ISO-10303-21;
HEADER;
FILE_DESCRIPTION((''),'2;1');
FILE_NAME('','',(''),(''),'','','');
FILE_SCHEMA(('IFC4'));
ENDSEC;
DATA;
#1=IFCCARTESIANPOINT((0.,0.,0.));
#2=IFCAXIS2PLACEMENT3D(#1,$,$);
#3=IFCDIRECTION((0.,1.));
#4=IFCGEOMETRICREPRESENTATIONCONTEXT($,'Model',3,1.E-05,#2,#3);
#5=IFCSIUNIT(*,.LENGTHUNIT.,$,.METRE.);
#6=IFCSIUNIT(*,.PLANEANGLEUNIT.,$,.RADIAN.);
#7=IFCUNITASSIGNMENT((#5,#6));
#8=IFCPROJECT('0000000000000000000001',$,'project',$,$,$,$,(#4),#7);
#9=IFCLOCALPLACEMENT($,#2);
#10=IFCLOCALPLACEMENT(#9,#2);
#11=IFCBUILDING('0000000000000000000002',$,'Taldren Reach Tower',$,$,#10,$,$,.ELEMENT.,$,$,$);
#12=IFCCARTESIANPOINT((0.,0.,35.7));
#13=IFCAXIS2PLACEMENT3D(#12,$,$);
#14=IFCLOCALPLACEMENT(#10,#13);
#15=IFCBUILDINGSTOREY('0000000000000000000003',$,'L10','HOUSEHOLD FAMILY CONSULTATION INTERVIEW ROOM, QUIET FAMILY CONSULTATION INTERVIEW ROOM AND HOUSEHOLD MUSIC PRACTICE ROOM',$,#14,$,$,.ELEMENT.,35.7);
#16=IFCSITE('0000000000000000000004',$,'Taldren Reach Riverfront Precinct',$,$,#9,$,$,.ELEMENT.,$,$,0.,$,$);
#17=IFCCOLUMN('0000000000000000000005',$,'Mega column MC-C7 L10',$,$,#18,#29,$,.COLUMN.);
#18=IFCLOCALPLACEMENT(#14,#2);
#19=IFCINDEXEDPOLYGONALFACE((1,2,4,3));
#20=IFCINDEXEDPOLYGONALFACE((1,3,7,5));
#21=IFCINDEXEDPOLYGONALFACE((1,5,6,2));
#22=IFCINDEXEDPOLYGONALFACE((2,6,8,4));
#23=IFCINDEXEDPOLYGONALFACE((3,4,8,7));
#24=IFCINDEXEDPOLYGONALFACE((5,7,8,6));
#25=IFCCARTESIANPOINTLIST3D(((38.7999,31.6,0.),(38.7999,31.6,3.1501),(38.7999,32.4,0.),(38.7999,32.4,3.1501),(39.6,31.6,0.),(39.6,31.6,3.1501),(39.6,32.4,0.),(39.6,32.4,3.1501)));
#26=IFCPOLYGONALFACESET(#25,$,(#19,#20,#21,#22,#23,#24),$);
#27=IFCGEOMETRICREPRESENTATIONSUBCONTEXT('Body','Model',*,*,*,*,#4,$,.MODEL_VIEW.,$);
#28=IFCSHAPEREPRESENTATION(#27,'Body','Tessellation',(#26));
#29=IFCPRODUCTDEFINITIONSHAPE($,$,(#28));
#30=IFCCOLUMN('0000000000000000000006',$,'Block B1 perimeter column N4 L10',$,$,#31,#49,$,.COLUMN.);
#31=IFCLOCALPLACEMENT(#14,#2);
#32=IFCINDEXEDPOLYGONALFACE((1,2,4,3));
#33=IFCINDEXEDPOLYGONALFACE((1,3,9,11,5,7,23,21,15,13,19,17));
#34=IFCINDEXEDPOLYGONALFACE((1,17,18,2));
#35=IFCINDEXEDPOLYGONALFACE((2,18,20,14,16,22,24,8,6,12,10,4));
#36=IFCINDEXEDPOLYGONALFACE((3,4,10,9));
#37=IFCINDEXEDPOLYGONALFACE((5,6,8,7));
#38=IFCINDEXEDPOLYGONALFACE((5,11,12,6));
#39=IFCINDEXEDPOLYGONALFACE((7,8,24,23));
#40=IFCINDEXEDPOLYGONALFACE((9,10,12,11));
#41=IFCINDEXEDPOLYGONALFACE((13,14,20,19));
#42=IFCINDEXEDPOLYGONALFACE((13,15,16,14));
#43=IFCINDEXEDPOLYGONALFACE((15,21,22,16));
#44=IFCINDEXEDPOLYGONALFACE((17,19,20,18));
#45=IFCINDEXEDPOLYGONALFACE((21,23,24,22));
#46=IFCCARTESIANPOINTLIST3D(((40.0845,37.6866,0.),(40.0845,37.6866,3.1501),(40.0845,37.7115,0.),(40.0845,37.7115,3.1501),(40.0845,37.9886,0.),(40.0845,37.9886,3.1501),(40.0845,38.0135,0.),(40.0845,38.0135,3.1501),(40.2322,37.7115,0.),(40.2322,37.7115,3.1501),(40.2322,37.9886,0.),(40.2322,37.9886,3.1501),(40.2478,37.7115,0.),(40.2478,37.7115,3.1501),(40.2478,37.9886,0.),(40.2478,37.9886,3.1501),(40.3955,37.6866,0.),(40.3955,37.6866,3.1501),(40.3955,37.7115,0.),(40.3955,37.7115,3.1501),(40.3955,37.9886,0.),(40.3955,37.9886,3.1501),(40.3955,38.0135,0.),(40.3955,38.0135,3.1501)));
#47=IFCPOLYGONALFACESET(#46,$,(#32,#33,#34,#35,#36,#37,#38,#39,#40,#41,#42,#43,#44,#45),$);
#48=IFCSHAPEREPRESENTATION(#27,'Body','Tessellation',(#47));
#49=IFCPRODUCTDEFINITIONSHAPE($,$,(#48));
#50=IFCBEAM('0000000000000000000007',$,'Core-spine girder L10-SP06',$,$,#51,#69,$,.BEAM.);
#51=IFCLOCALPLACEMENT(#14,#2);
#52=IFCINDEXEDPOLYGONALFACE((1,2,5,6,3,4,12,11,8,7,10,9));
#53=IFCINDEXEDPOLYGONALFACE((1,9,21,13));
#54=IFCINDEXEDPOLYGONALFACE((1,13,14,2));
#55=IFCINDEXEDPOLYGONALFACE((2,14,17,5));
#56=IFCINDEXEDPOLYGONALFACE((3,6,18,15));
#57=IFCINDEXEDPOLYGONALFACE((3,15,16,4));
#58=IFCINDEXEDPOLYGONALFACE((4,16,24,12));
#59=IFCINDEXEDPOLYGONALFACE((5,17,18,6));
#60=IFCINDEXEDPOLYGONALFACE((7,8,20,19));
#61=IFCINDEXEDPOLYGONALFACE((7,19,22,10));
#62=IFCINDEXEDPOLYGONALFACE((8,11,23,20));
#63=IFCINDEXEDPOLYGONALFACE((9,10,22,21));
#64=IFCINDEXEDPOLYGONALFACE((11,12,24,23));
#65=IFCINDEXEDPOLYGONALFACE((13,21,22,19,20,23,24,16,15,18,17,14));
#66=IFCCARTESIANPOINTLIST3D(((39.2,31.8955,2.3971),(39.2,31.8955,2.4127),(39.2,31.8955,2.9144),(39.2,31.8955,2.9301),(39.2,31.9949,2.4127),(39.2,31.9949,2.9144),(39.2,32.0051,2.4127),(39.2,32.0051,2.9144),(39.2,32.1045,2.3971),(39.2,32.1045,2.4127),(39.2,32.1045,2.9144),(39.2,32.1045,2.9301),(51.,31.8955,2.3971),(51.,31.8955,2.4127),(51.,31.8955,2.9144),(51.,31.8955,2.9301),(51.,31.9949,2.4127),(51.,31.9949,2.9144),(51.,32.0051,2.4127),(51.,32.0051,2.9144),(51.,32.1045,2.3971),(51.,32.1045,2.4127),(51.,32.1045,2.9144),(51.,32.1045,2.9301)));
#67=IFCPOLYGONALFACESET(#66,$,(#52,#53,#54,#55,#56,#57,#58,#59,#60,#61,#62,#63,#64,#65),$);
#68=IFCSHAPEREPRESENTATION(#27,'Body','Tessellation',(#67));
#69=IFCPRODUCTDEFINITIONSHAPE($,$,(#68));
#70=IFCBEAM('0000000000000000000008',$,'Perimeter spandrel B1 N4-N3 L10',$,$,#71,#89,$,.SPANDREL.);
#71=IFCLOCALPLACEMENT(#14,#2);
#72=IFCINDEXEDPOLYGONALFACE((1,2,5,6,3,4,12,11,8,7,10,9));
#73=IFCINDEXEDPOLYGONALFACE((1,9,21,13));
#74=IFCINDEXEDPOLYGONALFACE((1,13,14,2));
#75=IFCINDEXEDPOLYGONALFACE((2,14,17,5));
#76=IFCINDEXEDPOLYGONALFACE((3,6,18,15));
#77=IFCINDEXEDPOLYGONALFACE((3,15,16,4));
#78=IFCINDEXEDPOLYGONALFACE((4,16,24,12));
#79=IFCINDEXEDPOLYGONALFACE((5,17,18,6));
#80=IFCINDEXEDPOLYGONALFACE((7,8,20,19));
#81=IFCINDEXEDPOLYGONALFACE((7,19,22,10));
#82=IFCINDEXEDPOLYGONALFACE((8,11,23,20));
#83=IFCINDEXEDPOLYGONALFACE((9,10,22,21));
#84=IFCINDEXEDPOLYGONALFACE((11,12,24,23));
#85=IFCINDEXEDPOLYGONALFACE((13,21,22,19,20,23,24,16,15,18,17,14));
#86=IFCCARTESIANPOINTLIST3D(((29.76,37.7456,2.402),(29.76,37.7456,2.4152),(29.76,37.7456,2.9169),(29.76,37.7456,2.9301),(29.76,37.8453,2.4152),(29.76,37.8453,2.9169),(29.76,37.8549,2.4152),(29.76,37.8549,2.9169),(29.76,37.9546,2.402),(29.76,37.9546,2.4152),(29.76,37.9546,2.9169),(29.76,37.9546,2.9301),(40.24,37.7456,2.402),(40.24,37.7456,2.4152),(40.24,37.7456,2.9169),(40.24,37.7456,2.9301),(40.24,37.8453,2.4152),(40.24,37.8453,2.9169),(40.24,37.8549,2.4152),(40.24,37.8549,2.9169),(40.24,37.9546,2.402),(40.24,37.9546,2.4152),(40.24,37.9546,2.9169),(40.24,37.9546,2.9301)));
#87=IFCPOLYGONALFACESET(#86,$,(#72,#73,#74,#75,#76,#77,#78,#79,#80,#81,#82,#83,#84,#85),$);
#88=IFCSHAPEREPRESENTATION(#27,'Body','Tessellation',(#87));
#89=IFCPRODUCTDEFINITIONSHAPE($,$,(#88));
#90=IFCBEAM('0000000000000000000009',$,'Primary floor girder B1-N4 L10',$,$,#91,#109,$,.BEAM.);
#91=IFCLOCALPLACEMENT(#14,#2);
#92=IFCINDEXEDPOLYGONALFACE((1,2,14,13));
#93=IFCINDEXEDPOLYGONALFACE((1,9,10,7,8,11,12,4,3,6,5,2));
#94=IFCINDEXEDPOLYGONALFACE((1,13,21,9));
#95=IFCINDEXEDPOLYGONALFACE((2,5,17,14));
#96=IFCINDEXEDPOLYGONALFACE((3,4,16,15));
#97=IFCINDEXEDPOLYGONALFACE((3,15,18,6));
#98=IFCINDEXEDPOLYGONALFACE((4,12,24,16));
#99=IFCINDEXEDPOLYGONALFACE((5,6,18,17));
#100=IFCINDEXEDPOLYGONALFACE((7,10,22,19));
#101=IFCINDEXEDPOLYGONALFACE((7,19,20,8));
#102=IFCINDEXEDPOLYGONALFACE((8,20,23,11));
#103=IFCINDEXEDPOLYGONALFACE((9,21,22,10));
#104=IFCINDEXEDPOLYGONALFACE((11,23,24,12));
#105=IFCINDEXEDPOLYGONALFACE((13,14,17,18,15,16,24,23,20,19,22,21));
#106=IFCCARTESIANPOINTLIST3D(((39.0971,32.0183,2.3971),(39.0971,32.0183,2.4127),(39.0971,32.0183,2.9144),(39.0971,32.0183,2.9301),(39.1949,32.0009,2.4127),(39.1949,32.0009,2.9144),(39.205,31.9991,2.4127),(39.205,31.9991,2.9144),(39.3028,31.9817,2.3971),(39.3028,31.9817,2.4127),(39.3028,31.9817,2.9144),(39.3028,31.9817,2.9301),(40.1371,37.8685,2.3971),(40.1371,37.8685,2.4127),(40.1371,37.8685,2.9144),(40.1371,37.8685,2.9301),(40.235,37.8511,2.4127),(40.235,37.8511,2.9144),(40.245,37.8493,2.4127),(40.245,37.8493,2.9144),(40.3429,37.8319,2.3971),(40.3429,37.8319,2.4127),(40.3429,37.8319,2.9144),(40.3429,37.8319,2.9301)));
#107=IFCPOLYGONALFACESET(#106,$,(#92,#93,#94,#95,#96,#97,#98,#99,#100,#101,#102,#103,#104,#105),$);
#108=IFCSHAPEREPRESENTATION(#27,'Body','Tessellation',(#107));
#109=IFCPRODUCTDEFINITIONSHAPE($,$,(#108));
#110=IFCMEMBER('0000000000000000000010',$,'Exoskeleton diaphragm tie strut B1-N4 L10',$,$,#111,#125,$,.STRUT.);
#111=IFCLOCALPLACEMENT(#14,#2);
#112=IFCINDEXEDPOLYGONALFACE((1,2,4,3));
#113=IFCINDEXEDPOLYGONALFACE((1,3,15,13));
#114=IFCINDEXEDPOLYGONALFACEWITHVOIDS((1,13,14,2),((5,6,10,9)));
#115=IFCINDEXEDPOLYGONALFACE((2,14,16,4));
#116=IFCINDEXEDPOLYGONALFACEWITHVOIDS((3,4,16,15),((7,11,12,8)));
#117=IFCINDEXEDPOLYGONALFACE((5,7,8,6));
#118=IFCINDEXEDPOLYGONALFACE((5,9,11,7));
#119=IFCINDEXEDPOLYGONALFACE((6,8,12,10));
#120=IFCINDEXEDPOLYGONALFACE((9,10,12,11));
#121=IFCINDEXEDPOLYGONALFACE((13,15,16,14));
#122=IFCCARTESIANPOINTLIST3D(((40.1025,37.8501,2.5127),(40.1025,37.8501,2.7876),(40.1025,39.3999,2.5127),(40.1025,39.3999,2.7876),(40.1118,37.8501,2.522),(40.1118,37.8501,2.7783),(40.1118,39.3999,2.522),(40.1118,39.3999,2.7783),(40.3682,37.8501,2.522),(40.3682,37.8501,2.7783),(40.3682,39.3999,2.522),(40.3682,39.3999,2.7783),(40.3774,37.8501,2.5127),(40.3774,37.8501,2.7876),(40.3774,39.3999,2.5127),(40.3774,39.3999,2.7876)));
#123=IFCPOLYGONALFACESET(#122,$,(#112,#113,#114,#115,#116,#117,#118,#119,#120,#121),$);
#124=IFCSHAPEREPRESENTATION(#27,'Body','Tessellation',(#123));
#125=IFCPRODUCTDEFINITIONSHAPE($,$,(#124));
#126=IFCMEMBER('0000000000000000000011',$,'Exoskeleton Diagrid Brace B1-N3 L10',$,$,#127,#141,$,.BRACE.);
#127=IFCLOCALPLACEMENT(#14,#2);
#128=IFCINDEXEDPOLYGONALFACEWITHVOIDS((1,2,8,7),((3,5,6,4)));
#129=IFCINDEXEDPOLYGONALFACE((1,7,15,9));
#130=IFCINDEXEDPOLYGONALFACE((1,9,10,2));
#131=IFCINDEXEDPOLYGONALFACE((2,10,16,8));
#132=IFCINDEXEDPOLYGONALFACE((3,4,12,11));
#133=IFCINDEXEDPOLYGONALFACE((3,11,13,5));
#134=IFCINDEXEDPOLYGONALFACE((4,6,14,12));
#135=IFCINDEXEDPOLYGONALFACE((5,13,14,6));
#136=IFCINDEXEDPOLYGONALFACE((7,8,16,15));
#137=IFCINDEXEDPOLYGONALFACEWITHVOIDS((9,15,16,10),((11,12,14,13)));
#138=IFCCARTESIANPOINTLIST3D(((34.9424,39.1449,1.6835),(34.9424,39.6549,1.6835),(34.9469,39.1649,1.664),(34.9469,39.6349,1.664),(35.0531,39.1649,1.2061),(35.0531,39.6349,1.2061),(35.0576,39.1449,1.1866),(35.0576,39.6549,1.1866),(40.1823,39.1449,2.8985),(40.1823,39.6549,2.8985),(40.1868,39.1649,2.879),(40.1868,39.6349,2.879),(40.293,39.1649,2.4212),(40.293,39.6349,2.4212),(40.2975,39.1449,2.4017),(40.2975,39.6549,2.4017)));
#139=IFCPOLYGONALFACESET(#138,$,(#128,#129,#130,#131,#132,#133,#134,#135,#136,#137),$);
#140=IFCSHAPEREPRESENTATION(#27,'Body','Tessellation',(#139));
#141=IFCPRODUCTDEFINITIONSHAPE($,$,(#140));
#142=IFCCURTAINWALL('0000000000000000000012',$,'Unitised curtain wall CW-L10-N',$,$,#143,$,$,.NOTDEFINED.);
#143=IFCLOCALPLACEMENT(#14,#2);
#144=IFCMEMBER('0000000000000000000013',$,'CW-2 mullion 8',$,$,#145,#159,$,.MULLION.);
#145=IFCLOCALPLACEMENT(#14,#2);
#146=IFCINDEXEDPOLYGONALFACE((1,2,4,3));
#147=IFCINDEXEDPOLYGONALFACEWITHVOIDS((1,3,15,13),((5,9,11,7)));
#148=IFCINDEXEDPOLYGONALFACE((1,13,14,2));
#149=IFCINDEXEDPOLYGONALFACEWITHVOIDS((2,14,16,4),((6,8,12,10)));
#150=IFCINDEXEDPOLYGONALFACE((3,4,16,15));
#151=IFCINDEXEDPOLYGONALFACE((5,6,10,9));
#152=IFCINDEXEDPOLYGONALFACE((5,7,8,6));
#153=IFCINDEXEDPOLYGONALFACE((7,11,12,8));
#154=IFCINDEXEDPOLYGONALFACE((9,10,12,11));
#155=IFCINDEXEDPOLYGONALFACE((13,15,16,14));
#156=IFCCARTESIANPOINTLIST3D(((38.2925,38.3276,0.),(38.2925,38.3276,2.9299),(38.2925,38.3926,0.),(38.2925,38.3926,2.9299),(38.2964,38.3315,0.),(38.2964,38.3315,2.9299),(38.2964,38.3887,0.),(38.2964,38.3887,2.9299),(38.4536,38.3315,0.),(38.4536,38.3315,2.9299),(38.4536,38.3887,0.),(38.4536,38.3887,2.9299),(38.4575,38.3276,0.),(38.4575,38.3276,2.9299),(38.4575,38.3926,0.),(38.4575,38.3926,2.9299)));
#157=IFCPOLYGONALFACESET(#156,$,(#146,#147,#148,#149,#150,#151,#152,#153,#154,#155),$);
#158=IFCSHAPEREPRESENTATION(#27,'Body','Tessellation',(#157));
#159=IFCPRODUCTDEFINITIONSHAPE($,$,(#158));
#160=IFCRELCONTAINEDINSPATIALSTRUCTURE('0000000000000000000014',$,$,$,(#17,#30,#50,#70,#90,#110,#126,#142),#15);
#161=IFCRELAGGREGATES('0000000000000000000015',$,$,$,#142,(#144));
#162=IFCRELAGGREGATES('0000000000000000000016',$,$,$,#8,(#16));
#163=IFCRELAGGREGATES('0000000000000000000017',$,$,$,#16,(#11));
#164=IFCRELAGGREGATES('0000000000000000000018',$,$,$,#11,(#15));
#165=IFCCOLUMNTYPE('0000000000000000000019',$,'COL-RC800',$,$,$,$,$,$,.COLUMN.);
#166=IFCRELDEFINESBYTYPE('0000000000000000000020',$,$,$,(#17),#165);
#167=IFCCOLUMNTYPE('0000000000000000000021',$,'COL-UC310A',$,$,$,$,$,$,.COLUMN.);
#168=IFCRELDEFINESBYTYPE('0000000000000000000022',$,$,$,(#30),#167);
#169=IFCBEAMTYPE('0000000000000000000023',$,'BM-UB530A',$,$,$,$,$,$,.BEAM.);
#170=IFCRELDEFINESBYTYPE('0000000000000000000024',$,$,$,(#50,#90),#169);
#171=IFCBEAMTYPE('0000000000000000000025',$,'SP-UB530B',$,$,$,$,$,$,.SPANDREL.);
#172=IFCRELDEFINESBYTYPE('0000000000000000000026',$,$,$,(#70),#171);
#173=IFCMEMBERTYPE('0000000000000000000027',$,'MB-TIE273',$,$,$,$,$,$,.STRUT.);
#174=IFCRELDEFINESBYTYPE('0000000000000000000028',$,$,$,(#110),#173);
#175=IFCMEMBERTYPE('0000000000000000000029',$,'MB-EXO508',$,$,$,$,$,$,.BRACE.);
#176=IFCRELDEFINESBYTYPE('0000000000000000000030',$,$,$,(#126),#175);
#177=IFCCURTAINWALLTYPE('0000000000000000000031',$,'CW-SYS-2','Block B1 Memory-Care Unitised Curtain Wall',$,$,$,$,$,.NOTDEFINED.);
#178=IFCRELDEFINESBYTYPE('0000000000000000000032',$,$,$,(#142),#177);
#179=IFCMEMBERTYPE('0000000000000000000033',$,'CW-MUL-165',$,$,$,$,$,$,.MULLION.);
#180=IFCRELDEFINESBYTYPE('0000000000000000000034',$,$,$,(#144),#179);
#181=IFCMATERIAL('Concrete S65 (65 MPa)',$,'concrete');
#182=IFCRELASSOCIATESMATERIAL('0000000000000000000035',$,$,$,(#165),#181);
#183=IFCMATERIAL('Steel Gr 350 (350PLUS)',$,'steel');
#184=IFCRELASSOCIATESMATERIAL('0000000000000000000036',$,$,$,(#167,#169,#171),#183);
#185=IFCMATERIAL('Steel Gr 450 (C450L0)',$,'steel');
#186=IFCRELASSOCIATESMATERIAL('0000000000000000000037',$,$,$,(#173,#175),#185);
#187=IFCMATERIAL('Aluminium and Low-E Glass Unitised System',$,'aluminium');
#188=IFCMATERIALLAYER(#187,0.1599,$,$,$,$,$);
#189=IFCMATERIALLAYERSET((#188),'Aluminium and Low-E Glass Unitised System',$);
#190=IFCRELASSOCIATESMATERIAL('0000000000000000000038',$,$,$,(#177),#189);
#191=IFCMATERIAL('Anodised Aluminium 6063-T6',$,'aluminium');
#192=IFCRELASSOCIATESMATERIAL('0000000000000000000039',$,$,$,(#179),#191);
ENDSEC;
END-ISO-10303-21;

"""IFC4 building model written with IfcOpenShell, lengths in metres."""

from ifc_helpers import new_model, si_unit, direction, frame, origin, origin_2d, place, context, subcontext, project, spatial, rectangle, hollow_rectangle, i_section, extrude, source, transform, mapped, material, layer, layer_set, material_profile, profile_set, type_object, element, aggregate, save


model = new_model("IFC4")

# Units and contexts
model_context = context("Model", 3, precision=1e-05, world=origin(), true_north=direction((0.0, 1.0)))
body_context = subcontext(model_context, "Body", "Model", "MODEL_VIEW")
ifc_project = project(units=[si_unit("LENGTHUNIT", "METRE"), si_unit("PLANEANGLEUNIT", "RADIAN")], contexts=[model_context])

# Site, building, storey
site_placement = place(None, origin())
site = spatial("IfcSite", under=ifc_project, at=site_placement, Name="Taldren Reach Riverfront Precinct", CompositionType="ELEMENT", RefElevation=0.0)
building_placement = place(site_placement, origin())
building = spatial("IfcBuilding", under=site, at=building_placement, Name="Taldren Reach Tower", CompositionType="ELEMENT")
storey_placement = place(building_placement, frame((0.0, 0.0, 35.7)))
storey = spatial("IfcBuildingStorey", under=building, at=storey_placement, Name="L10", Description="HOUSEHOLD FAMILY CONSULTATION INTERVIEW ROOM, QUIET FAMILY CONSULTATION INTERVIEW ROOM AND HOUSEHOLD MUSIC PRACTICE ROOM", CompositionType="ELEMENT", Elevation=35.7)

# Columns
ifc_material_1 = material(Name="Concrete S65 (65 MPa)", Category="concrete")
ifc_material_profile_1 = material_profile(ifc_material_1, rectangle(XDim=0.8, YDim=0.8, at=origin_2d()), Name="RC-800x800")
ifc_profile_set_1 = profile_set([ifc_material_profile_1], Name="Concrete S65 (65 MPa)")
column_type_1 = type_object("IfcColumnType", Name="COL-RC800", PredefinedType="COLUMN", material=ifc_profile_set_1)
shared_shape_1 = source(origin(), body_context, "Body", "SweptSolid", [
    extrude(rectangle(XDim=0.8, YDim=0.8, at=origin_2d()), origin(), (0.0, 0.0, 1.0), 3.1501),
])
column_1_placement = place(storey_placement, frame((39.2, 32.0, 0.0), z_axis=(0.0, 0.0, 1.0), x_axis=(1.0, 0.0, 0.0)))
element("IfcColumn", 1, at=column_1_placement, inside=storey, type_object=column_type_1, Name="Mega column MC-C7 L10", PredefinedType="COLUMN", context=body_context, shape_type="MappedRepresentation", body=[
    mapped(shared_shape_1, transform((0.0, 0.0, 0.0), scale=1.0)),
])
ifc_material_2 = material(Name="Steel Gr 350 (350PLUS)", Category="steel")
ifc_material_profile_2 = material_profile(ifc_material_2, i_section(OverallWidth=0.311, OverallDepth=0.3269, WebThickness=0.0156, FlangeThickness=0.0249, at=origin_2d()), Name="310UC158")
ifc_profile_set_2 = profile_set([ifc_material_profile_2], Name="Steel Gr 350 (350PLUS)")
column_type_2 = type_object("IfcColumnType", Name="COL-UC310A", PredefinedType="COLUMN", material=ifc_profile_set_2)
shared_shape_2 = source(origin(), body_context, "Body", "SweptSolid", [
    extrude(i_section(OverallWidth=0.311, OverallDepth=0.3269, WebThickness=0.0156, FlangeThickness=0.0249, at=origin_2d()), origin(), (0.0, 0.0, 1.0), 3.1501),
])
column_2_placement = place(storey_placement, frame((40.24, 37.8501, 0.0), z_axis=(0.0, 0.0, 1.0), x_axis=(1.0, 0.0, 0.0)))
element("IfcColumn", 2, at=column_2_placement, inside=storey, type_object=column_type_2, Name="Block B1 perimeter column N4 L10", PredefinedType="COLUMN", context=body_context, shape_type="MappedRepresentation", body=[
    mapped(shared_shape_2, transform((0.0, 0.0, 0.0), scale=1.0)),
])

# Beams
ifc_material_profile_3 = material_profile(ifc_material_2, i_section(OverallWidth=0.209, OverallDepth=0.533, WebThickness=0.0103, FlangeThickness=0.0156, at=origin_2d()), Name="530UB92.4")
ifc_profile_set_3 = profile_set([ifc_material_profile_3], Name="Steel Gr 350 (350PLUS)")
beam_type_1 = type_object("IfcBeamType", Name="BM-UB530A", PredefinedType="BEAM", material=ifc_profile_set_3)
shared_shape_3 = source(origin(), body_context, "Body", "SweptSolid", [
    extrude(i_section(OverallWidth=0.209, OverallDepth=0.533, WebThickness=0.0103, FlangeThickness=0.0156, at=origin_2d()), origin(), (0.0, 0.0, 1.0), 11.8),
])
beam_1_placement = place(storey_placement, frame((39.2, 32.0, 2.6636), z_axis=(1.0, 0.0, 0.0), x_axis=(0.0, 1.0, 0.0)))
element("IfcBeam", 3, at=beam_1_placement, inside=storey, type_object=beam_type_1, Name="Core-spine girder L10-SP06", PredefinedType="BEAM", context=body_context, shape_type="MappedRepresentation", body=[
    mapped(shared_shape_3, transform((0.0, 0.0, 0.0), scale=1.0)),
])
ifc_material_profile_4 = material_profile(ifc_material_2, i_section(OverallWidth=0.209, OverallDepth=0.5281, WebThickness=0.0095, FlangeThickness=0.0132, at=origin_2d()), Name="530UB82.0")
ifc_profile_set_4 = profile_set([ifc_material_profile_4], Name="Steel Gr 350 (350PLUS)")
beam_type_2 = type_object("IfcBeamType", Name="SP-UB530B", PredefinedType="SPANDREL", material=ifc_profile_set_4)
shared_shape_4 = source(origin(), body_context, "Body", "SweptSolid", [
    extrude(i_section(OverallWidth=0.209, OverallDepth=0.5281, WebThickness=0.0095, FlangeThickness=0.0132, at=origin_2d()), origin(), (0.0, 0.0, 1.0), 10.48),
])
beam_2_placement = place(storey_placement, frame((40.24, 37.8501, 2.666), z_axis=(-1.0, 0.0, 0.0), x_axis=(0.0, -1.0, 0.0)))
element("IfcBeam", 4, at=beam_2_placement, inside=storey, type_object=beam_type_2, Name="Perimeter spandrel B1 N4-N3 L10", PredefinedType="SPANDREL", context=body_context, shape_type="MappedRepresentation", body=[
    mapped(shared_shape_4, transform((0.0, 0.0, 0.0), scale=1.0)),
])
shared_shape_5 = source(origin(), body_context, "Body", "SweptSolid", [
    extrude(i_section(OverallWidth=0.209, OverallDepth=0.533, WebThickness=0.0103, FlangeThickness=0.0156, at=origin_2d()), origin(), (0.0, 0.0, 1.0), 5.9419),
])
beam_3_placement = place(storey_placement, frame((39.2, 32.0, 2.6636), z_axis=(0.175037, 0.984562, 0.0), x_axis=(-0.984562, 0.175037, 0.0)))
element("IfcBeam", 5, at=beam_3_placement, inside=storey, type_object=beam_type_1, Name="Primary floor girder B1-N4 L10", PredefinedType="BEAM", context=body_context, shape_type="MappedRepresentation", body=[
    mapped(shared_shape_5, transform((0.0, 0.0, 0.0), scale=1.0)),
])

# Members
ifc_material_3 = material(Name="Steel Gr 450 (C450L0)", Category="steel")
ifc_material_profile_5 = material_profile(ifc_material_3, hollow_rectangle(XDim=0.2749, YDim=0.2749, WallThickness=0.0093, at=origin_2d()), Name="275x275x9.3SHS")
ifc_profile_set_5 = profile_set([ifc_material_profile_5], Name="Steel Gr 450 (C450L0)")
member_type_1 = type_object("IfcMemberType", Name="MB-TIE273", PredefinedType="STRUT", material=ifc_profile_set_5)
shared_shape_6 = source(origin(), body_context, "Body", "SweptSolid", [
    extrude(hollow_rectangle(XDim=0.2749, YDim=0.2749, WallThickness=0.0093, at=origin_2d()), origin(), (0.0, 0.0, 1.0), 1.5498),
])
member_1_placement = place(storey_placement, frame((40.24, 37.8501, 2.6501), z_axis=(0.0, 1.0, 0.0), x_axis=(-1.0, 0.0, 0.0)))
element("IfcMember", 6, at=member_1_placement, inside=storey, type_object=member_type_1, Name="Exoskeleton diaphragm tie strut B1-N4 L10", PredefinedType="STRUT", context=body_context, shape_type="MappedRepresentation", body=[
    mapped(shared_shape_6, transform((0.0, 0.0, 0.0), scale=1.0)),
])
ifc_material_profile_6 = material_profile(ifc_material_3, hollow_rectangle(XDim=0.51, YDim=0.51, WallThickness=0.02, at=origin_2d()), Name="510x510x20.0SHS")
ifc_profile_set_6 = profile_set([ifc_material_profile_6], Name="Steel Gr 450 (C450L0)")
member_type_2 = type_object("IfcMemberType", Name="MB-EXO508", PredefinedType="BRACE", material=ifc_profile_set_6)
shared_shape_7 = source(origin(), body_context, "Body", "SweptSolid", [
    extrude(hollow_rectangle(XDim=0.51, YDim=0.51, WallThickness=0.02, at=origin_2d()), origin(), (0.0, 0.0, 1.0), 5.3789),
])
member_2_placement = place(storey_placement, frame((35.0, 39.3999, 1.4351), z_axis=(0.974152, 0.0, 0.225894), x_axis=(0.0, 1.0, 0.0)))
element("IfcMember", 7, at=member_2_placement, inside=storey, type_object=member_type_2, Name="Exoskeleton Diagrid Brace B1-N3 L10", PredefinedType="BRACE", context=body_context, shape_type="MappedRepresentation", body=[
    mapped(shared_shape_7, transform((0.0, 0.0, 0.0), scale=1.0)),
])

# Curtain wall, member
ifc_material_4 = material(Name="Aluminium and Low-E Glass Unitised System", Category="aluminium")
ifc_layer_1 = layer(ifc_material_4, 0.1599)
ifc_layer_set_1 = layer_set([ifc_layer_1], Name="Aluminium and Low-E Glass Unitised System")
curtain_wall_type = type_object("IfcCurtainWallType", Name="CW-SYS-2", Description="Block B1 Memory-Care Unitised Curtain Wall", PredefinedType="NOTDEFINED", material=ifc_layer_set_1)
curtain_wall_placement = place(storey_placement, origin())
curtain_wall = element("IfcCurtainWall", 8, at=curtain_wall_placement, inside=storey, type_object=curtain_wall_type, Name="Unitised curtain wall CW-L10-N", PredefinedType="NOTDEFINED")
ifc_material_5 = material(Name="Anodised Aluminium 6063-T6", Category="aluminium")
ifc_material_profile_7 = material_profile(ifc_material_5, hollow_rectangle(XDim=0.0649, YDim=0.165, WallThickness=0.0039, at=origin_2d()), Name="ALU-165x65x4RHS")
ifc_profile_set_7 = profile_set([ifc_material_profile_7], Name="Anodised Aluminium 6063-T6")
member_type_3 = type_object("IfcMemberType", Name="CW-MUL-165", PredefinedType="MULLION", material=ifc_profile_set_7)
shared_shape_8 = source(origin(), body_context, "Body", "SweptSolid", [
    extrude(hollow_rectangle(XDim=0.0649, YDim=0.165, WallThickness=0.0039, at=origin_2d()), origin(), (0.0, 0.0, 1.0), 2.9299),
])
member_3_placement = place(storey_placement, frame((38.375, 38.3601, 0.0), z_axis=(0.0, 0.0, 1.0), x_axis=(0.0, -1.0, 0.0)))
member_3 = element("IfcMember", 9, at=member_3_placement, type_object=member_type_3, Name="CW-2 mullion 8", PredefinedType="MULLION", context=body_context, shape_type="MappedRepresentation", body=[
    mapped(shared_shape_8, transform((0.0, 0.0, 0.0), scale=1.0)),
])
aggregate(curtain_wall, [member_3])

save(model, "model.ifc")
